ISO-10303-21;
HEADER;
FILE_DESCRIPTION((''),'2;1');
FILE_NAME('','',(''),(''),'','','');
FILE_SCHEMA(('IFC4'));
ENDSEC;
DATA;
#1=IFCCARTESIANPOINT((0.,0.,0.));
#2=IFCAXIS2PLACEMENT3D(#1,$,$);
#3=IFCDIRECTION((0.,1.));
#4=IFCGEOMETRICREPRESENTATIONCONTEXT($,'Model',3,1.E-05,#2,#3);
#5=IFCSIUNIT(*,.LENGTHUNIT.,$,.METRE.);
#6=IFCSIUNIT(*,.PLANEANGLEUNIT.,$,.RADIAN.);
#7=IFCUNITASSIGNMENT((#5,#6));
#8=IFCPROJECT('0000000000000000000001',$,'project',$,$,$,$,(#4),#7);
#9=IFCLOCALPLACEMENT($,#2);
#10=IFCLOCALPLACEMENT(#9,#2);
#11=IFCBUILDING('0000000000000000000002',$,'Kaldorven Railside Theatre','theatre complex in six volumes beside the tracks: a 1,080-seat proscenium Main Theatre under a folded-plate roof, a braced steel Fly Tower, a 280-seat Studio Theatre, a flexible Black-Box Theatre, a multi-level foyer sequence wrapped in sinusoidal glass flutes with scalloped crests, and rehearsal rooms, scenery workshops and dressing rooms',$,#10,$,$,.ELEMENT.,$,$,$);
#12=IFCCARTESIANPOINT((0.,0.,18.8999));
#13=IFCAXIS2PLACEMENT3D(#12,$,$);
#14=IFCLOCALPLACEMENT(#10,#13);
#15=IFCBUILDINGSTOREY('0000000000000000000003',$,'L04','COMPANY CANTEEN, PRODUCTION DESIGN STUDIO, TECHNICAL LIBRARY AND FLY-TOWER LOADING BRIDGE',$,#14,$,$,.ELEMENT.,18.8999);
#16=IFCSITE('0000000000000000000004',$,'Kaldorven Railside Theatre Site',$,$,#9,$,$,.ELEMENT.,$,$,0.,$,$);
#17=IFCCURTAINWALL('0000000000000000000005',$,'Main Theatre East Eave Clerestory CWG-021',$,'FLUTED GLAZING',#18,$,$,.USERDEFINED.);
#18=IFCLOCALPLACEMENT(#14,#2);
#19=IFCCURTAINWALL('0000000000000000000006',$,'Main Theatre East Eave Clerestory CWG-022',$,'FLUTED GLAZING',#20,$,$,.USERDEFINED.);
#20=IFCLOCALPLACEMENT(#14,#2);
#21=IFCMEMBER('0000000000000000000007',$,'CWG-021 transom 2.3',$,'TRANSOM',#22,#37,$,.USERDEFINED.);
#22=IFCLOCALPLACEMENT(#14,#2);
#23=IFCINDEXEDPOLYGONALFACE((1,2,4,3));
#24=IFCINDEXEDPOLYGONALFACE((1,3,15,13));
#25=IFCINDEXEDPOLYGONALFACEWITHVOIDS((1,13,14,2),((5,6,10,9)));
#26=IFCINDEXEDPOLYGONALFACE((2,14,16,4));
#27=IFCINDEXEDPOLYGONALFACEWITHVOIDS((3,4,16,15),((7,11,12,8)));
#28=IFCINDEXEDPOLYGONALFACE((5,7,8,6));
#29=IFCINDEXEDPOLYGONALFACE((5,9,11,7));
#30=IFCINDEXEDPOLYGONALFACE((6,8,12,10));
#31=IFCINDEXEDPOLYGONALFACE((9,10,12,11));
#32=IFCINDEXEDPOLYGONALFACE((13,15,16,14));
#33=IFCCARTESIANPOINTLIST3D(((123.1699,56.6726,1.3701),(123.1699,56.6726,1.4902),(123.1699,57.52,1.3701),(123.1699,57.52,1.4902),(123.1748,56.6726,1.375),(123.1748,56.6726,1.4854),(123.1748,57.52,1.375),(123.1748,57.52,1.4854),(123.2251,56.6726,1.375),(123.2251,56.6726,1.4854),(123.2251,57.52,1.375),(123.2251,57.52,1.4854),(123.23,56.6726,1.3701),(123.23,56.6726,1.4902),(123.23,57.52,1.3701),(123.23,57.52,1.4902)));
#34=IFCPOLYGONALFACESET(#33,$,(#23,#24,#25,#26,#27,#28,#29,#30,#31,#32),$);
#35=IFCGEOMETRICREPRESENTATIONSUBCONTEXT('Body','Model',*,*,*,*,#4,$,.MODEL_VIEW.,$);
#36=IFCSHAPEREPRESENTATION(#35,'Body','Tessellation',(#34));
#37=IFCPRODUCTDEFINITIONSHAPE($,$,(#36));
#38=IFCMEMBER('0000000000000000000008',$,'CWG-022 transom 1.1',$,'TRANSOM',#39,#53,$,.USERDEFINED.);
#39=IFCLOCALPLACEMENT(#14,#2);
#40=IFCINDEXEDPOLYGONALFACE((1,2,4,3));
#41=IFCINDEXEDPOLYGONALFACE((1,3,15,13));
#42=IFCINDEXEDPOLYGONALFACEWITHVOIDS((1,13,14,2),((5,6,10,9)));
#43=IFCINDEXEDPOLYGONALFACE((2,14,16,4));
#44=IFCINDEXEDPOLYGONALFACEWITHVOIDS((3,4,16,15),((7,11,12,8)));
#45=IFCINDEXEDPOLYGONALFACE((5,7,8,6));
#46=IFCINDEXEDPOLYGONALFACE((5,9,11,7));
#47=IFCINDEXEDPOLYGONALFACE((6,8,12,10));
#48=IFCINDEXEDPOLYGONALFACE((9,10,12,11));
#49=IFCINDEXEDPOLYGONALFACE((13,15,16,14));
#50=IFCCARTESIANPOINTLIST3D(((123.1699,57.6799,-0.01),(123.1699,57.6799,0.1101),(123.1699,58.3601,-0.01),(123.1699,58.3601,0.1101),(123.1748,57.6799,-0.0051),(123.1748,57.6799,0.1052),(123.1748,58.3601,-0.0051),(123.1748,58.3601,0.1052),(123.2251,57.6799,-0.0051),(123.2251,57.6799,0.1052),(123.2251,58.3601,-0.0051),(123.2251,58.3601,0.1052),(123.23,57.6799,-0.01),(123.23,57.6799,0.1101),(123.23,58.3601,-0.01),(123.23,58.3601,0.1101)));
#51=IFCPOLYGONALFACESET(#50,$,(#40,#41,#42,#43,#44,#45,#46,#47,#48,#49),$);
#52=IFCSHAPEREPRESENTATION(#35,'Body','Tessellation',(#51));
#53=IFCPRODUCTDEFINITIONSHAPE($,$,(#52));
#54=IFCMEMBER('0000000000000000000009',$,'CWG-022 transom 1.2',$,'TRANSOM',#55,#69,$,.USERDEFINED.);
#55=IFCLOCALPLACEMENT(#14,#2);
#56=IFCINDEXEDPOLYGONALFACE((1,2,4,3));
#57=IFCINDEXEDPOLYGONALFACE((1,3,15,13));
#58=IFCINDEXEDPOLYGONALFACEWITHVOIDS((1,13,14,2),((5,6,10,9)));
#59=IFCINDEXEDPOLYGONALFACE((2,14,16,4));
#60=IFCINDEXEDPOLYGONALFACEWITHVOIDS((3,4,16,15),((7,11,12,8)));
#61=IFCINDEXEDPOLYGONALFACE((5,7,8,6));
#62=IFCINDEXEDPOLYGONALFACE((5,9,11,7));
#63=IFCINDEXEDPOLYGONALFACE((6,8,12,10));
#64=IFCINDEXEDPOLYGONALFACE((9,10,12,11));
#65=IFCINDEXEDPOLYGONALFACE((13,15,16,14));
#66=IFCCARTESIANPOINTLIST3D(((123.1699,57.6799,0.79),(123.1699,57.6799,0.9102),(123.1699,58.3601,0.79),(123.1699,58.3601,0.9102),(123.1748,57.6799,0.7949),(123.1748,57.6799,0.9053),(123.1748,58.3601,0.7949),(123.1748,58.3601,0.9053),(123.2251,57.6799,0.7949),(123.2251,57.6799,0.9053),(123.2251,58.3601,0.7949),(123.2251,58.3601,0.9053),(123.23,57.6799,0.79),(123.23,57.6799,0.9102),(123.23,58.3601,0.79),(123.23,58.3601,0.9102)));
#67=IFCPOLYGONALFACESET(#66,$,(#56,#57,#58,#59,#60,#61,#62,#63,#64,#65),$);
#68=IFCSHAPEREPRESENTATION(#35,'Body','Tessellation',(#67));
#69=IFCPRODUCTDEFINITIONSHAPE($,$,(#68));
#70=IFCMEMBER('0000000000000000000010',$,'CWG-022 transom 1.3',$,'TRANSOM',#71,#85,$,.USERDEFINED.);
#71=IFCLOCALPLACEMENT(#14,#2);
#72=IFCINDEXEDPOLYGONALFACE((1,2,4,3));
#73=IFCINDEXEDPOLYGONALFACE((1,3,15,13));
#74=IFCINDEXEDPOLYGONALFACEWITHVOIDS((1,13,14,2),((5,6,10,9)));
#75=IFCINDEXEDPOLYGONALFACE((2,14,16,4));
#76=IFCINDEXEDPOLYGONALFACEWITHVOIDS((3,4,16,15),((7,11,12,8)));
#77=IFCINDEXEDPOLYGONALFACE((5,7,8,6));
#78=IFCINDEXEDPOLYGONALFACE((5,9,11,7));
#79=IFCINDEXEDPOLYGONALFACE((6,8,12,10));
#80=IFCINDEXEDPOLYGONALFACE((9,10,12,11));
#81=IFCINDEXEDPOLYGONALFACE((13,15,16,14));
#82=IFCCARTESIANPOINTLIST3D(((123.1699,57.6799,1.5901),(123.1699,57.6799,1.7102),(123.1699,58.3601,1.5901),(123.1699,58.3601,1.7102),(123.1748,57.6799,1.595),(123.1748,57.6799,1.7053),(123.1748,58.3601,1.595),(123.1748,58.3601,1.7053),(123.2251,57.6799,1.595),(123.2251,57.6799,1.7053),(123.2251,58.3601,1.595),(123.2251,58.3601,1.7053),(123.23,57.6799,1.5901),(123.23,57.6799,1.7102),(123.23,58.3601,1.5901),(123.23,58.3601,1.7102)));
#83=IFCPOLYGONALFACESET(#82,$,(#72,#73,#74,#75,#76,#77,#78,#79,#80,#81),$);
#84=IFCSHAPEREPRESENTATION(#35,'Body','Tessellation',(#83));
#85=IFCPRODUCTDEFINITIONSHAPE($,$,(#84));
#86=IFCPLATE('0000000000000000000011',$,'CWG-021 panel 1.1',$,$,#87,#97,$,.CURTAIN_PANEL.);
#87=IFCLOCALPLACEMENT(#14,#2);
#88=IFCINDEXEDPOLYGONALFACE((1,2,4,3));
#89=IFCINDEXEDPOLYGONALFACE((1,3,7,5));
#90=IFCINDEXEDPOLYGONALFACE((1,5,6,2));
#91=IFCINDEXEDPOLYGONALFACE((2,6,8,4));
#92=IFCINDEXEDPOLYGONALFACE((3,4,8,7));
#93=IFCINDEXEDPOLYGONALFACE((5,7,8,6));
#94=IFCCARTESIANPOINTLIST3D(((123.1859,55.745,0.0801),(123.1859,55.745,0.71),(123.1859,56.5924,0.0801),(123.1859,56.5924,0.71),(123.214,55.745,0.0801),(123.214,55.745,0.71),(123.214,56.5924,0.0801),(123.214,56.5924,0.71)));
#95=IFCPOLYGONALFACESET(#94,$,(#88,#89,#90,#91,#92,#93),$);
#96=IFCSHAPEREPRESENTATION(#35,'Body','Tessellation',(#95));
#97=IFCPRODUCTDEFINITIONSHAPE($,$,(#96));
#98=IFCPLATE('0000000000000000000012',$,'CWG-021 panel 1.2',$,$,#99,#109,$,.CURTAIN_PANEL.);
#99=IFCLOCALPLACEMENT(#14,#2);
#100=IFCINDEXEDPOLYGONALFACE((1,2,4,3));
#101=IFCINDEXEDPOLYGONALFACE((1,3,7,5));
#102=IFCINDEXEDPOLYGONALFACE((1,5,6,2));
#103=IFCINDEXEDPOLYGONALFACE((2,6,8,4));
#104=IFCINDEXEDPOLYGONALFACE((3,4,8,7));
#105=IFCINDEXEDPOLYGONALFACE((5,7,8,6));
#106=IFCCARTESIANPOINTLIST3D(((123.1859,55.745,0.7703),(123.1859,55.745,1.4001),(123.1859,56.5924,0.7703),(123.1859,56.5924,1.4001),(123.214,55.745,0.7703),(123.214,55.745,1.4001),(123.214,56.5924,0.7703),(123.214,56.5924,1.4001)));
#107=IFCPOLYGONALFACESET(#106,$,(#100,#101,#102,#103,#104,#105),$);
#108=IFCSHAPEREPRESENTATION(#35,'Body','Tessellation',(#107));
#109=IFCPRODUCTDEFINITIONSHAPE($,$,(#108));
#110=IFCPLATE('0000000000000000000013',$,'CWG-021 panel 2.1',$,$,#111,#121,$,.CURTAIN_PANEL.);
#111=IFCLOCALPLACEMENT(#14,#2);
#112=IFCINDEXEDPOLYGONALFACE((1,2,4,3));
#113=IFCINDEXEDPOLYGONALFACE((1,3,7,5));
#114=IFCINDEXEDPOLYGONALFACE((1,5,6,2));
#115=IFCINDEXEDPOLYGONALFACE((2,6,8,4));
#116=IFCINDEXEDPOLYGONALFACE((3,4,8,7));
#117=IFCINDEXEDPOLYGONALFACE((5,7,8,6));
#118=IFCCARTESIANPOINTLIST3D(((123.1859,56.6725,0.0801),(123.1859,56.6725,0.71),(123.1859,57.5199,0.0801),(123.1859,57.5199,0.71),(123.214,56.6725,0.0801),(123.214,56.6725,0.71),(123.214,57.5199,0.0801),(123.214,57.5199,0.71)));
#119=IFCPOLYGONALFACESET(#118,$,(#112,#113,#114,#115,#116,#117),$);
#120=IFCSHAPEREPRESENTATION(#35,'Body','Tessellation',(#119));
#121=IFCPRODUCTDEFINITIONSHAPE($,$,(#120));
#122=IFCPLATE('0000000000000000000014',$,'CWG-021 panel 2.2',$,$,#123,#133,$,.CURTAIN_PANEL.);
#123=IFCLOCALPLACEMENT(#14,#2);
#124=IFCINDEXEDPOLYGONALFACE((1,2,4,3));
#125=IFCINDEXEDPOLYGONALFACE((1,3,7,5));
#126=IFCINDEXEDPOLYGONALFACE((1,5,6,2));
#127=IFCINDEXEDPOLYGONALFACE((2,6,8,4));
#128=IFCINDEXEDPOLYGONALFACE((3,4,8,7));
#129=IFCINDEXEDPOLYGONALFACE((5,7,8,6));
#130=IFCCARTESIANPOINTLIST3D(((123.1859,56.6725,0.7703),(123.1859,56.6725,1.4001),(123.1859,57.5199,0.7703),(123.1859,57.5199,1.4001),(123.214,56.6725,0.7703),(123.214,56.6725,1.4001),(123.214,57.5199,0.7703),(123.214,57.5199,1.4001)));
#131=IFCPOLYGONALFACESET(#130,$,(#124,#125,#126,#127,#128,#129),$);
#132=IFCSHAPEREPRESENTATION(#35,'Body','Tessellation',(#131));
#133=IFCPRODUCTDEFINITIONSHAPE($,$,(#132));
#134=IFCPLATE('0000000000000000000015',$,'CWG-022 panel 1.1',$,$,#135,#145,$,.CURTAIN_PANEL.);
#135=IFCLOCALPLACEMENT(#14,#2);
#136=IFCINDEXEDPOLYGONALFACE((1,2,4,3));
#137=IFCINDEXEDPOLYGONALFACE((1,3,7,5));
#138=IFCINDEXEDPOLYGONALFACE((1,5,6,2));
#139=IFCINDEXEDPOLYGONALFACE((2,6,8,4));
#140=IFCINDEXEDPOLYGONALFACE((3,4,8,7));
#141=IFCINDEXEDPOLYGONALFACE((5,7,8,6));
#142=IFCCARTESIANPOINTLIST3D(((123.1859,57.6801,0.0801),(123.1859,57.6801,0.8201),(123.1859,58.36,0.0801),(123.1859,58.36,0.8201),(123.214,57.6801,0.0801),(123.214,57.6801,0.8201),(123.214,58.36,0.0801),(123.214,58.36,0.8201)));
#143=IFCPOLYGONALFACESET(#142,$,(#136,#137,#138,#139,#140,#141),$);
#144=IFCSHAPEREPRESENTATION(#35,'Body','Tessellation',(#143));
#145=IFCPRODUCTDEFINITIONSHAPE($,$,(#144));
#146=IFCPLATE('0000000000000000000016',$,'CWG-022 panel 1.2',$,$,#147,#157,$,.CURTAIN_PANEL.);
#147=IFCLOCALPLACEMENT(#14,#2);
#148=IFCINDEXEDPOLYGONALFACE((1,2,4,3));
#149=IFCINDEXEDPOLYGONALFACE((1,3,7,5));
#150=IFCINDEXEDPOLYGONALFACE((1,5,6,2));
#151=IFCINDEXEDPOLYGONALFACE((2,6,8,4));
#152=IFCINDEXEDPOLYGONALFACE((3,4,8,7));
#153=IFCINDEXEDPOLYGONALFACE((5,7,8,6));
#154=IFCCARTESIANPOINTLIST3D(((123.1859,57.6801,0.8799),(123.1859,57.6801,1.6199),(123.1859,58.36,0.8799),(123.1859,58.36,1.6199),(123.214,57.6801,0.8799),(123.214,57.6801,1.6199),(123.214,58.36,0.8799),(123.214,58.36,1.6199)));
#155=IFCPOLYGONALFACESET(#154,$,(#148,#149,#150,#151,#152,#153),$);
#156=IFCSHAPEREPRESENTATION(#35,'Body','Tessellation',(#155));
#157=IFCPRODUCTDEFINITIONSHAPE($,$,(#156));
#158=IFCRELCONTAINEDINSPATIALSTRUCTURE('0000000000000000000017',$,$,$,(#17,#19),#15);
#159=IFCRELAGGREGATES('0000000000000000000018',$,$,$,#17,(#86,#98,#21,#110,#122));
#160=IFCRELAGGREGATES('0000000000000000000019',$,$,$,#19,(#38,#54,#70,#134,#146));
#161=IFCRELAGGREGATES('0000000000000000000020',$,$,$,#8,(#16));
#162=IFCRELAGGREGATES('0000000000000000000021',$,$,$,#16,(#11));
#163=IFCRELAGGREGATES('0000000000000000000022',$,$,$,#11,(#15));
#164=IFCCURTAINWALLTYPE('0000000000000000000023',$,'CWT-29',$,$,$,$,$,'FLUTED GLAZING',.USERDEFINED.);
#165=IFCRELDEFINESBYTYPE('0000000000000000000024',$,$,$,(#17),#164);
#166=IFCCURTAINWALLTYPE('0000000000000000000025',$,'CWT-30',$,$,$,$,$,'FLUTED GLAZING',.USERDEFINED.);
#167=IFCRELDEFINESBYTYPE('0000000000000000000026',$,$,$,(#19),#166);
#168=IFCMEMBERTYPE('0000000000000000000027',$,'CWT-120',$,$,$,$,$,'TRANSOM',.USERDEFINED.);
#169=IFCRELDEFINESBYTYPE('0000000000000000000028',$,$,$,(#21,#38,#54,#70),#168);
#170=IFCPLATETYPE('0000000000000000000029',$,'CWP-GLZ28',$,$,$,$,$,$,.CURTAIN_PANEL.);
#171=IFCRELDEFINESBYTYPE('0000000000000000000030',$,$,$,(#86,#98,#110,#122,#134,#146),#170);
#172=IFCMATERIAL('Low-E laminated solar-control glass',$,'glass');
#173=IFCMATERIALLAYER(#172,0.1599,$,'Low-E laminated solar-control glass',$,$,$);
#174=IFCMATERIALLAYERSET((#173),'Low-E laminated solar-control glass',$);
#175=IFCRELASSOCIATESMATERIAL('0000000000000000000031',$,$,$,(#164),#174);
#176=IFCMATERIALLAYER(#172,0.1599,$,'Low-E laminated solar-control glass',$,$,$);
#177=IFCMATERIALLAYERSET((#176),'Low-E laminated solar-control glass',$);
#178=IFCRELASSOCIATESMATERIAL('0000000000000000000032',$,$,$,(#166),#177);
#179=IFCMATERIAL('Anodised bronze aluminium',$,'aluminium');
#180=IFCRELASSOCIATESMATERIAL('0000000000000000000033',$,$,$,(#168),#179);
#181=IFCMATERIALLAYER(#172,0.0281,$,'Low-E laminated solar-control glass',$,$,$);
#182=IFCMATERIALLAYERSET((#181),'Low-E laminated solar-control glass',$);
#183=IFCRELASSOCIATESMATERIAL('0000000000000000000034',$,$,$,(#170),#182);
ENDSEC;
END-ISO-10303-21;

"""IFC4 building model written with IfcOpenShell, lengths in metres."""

from ifc_helpers import new_model, si_unit, direction, frame, origin, origin_2d, place, context, subcontext, project, spatial, rectangle, hollow_rectangle, extrude, material, layer, layer_set, material_profile, profile_set, type_object, element, aggregate, save


model = new_model("IFC4")

# Units and contexts
model_context = context("Model", 3, precision=1e-05, world=origin(), true_north=direction((0.0, 1.0)))
body_context = subcontext(model_context, "Body", "Model", "MODEL_VIEW")
ifc_project = project(units=[si_unit("LENGTHUNIT", "METRE"), si_unit("PLANEANGLEUNIT", "RADIAN")], contexts=[model_context])

# Site, building, storey
site_placement = place(None, origin())
site = spatial("IfcSite", under=ifc_project, at=site_placement, Name="Kaldorven Railside Theatre Site", CompositionType="ELEMENT", RefElevation=0.0)
building_placement = place(site_placement, origin())
building = spatial("IfcBuilding", under=site, at=building_placement, Name="Kaldorven Railside Theatre", Description="theatre complex in six volumes beside the tracks: a 1,080-seat proscenium Main Theatre under a folded-plate roof, a braced steel Fly Tower, a 280-seat Studio Theatre, a flexible Black-Box Theatre, a multi-level foyer sequence wrapped in sinusoidal glass flutes with scalloped crests, and rehearsal rooms, scenery workshops and dressing rooms", CompositionType="ELEMENT")
storey_placement = place(building_placement, frame((0.0, 0.0, 18.8999)))
storey = spatial("IfcBuildingStorey", under=building, at=storey_placement, Name="L04", Description="COMPANY CANTEEN, PRODUCTION DESIGN STUDIO, TECHNICAL LIBRARY AND FLY-TOWER LOADING BRIDGE", CompositionType="ELEMENT", Elevation=18.8999)

# Curtain wall
ifc_material_1 = material(Name="Low-E laminated solar-control glass", Category="glass")
ifc_layer_1 = layer(ifc_material_1, 0.1599, Name="Low-E laminated solar-control glass")
ifc_layer_set_1 = layer_set([ifc_layer_1], Name="Low-E laminated solar-control glass")
curtain_wall_type_1 = type_object("IfcCurtainWallType", Name="CWT-29", ElementType="FLUTED GLAZING", PredefinedType="USERDEFINED", material=ifc_layer_set_1)
curtain_wall_1_placement = place(storey_placement, origin())
curtain_wall_1 = element("IfcCurtainWall", 1, at=curtain_wall_1_placement, inside=storey, type_object=curtain_wall_type_1, Name="Main Theatre East Eave Clerestory CWG-021", ObjectType="FLUTED GLAZING", PredefinedType="USERDEFINED")
ifc_material_2 = material(Name="Anodised bronze aluminium", Category="aluminium")

# Curtain wall
ifc_layer_2 = layer(ifc_material_1, 0.1599, Name="Low-E laminated solar-control glass")
ifc_layer_set_2 = layer_set([ifc_layer_2], Name="Low-E laminated solar-control glass")
curtain_wall_type_2 = type_object("IfcCurtainWallType", Name="CWT-30", ElementType="FLUTED GLAZING", PredefinedType="USERDEFINED", material=ifc_layer_set_2)
curtain_wall_2_placement = place(storey_placement, origin())
curtain_wall_2 = element("IfcCurtainWall", 2, at=curtain_wall_2_placement, inside=storey, type_object=curtain_wall_type_2, Name="Main Theatre East Eave Clerestory CWG-022", ObjectType="FLUTED GLAZING", PredefinedType="USERDEFINED")

# Members
ifc_material_profile_1 = material_profile(ifc_material_2, hollow_rectangle(XDim=0.0601, YDim=0.1201, WallThickness=0.0049, at=origin_2d()), Name="RHS 120x60x5")
ifc_profile_set_1 = profile_set([ifc_material_profile_1], Name="Anodised bronze aluminium")
member_type_1 = type_object("IfcMemberType", Name="CWT-120", ElementType="TRANSOM", PredefinedType="USERDEFINED", material=ifc_profile_set_1)
member_1_placement = place(storey_placement, frame((123.2, 56.6726, 1.4302), z_axis=(0.0, 1.0, 0.0), x_axis=(-1.0, 0.0, 0.0)))
member_1 = element("IfcMember", 3, at=member_1_placement, type_object=member_type_1, Name="CWG-021 transom 2.3", ObjectType="TRANSOM", PredefinedType="USERDEFINED", context=body_context, shape_type="SweptSolid", body=[
    extrude(hollow_rectangle(XDim=0.0601, YDim=0.1201, WallThickness=0.0049, at=origin_2d()), origin(), (0.0, 0.0, 1.0), 0.8474),
])
member_2_placement = place(storey_placement, frame((123.2, 57.6799, 0.05), z_axis=(0.0, 1.0, 0.0), x_axis=(-1.0, 0.0, 0.0)))
member_2 = element("IfcMember", 4, at=member_2_placement, type_object=member_type_1, Name="CWG-022 transom 1.1", ObjectType="TRANSOM", PredefinedType="USERDEFINED", context=body_context, shape_type="SweptSolid", body=[
    extrude(hollow_rectangle(XDim=0.0601, YDim=0.1201, WallThickness=0.0049, at=origin_2d()), origin(), (0.0, 0.0, 1.0), 0.6802),
])
member_3_placement = place(storey_placement, frame((123.2, 57.6799, 0.8501), z_axis=(0.0, 1.0, 0.0), x_axis=(-1.0, 0.0, 0.0)))
member_3 = element("IfcMember", 5, at=member_3_placement, type_object=member_type_1, Name="CWG-022 transom 1.2", ObjectType="TRANSOM", PredefinedType="USERDEFINED", context=body_context, shape_type="SweptSolid", body=[
    extrude(hollow_rectangle(XDim=0.0601, YDim=0.1201, WallThickness=0.0049, at=origin_2d()), origin(), (0.0, 0.0, 1.0), 0.6802),
])
member_4_placement = place(storey_placement, frame((123.2, 57.6799, 1.6501), z_axis=(0.0, 1.0, 0.0), x_axis=(-1.0, 0.0, 0.0)))
member_4 = element("IfcMember", 6, at=member_4_placement, type_object=member_type_1, Name="CWG-022 transom 1.3", ObjectType="TRANSOM", PredefinedType="USERDEFINED", context=body_context, shape_type="SweptSolid", body=[
    extrude(hollow_rectangle(XDim=0.0601, YDim=0.1201, WallThickness=0.0049, at=origin_2d()), origin(), (0.0, 0.0, 1.0), 0.6802),
])

# Plates
ifc_layer_3 = layer(ifc_material_1, 0.0281, Name="Low-E laminated solar-control glass")
ifc_layer_set_3 = layer_set([ifc_layer_3], Name="Low-E laminated solar-control glass")
plate_type = type_object("IfcPlateType", Name="CWP-GLZ28", PredefinedType="CURTAIN_PANEL", material=ifc_layer_set_3)
plate_1_placement = place(storey_placement, frame((123.2, 56.1687, 0.0801), z_axis=(0.0, 0.0, 1.0), x_axis=(0.0, 1.0, 0.0)))
plate_1 = element("IfcPlate", 7, at=plate_1_placement, type_object=plate_type, Name="CWG-021 panel 1.1", PredefinedType="CURTAIN_PANEL", context=body_context, shape_type="SweptSolid", body=[
    extrude(rectangle(XDim=0.8474, YDim=0.0281, at=origin_2d()), origin(), (0.0, 0.0, 1.0), 0.6299),
])
plate_2_placement = place(storey_placement, frame((123.2, 56.1687, 0.7703), z_axis=(0.0, 0.0, 1.0), x_axis=(0.0, 1.0, 0.0)))
plate_2 = element("IfcPlate", 8, at=plate_2_placement, type_object=plate_type, Name="CWG-021 panel 1.2", PredefinedType="CURTAIN_PANEL", context=body_context, shape_type="SweptSolid", body=[
    extrude(rectangle(XDim=0.8474, YDim=0.0281, at=origin_2d()), origin(), (0.0, 0.0, 1.0), 0.6299),
])
plate_3_placement = place(storey_placement, frame((123.2, 57.0962, 0.0801), z_axis=(0.0, 0.0, 1.0), x_axis=(0.0, 1.0, 0.0)))
plate_3 = element("IfcPlate", 9, at=plate_3_placement, type_object=plate_type, Name="CWG-021 panel 2.1", PredefinedType="CURTAIN_PANEL", context=body_context, shape_type="SweptSolid", body=[
    extrude(rectangle(XDim=0.8474, YDim=0.0281, at=origin_2d()), origin(), (0.0, 0.0, 1.0), 0.6299),
])
plate_4_placement = place(storey_placement, frame((123.2, 57.0962, 0.7703), z_axis=(0.0, 0.0, 1.0), x_axis=(0.0, 1.0, 0.0)))
plate_4 = element("IfcPlate", 10, at=plate_4_placement, type_object=plate_type, Name="CWG-021 panel 2.2", PredefinedType="CURTAIN_PANEL", context=body_context, shape_type="SweptSolid", body=[
    extrude(rectangle(XDim=0.8474, YDim=0.0281, at=origin_2d()), origin(), (0.0, 0.0, 1.0), 0.6299),
])
aggregate(curtain_wall_1, [plate_1, plate_2, member_1, plate_3, plate_4])
plate_5_placement = place(storey_placement, frame((123.2, 58.02, 0.0801), z_axis=(0.0, 0.0, 1.0), x_axis=(0.0, 1.0, 0.0)))
plate_5 = element("IfcPlate", 11, at=plate_5_placement, type_object=plate_type, Name="CWG-022 panel 1.1", PredefinedType="CURTAIN_PANEL", context=body_context, shape_type="SweptSolid", body=[
    extrude(rectangle(XDim=0.6799, YDim=0.0281, at=origin_2d()), origin(), (0.0, 0.0, 1.0), 0.74),
])
plate_6_placement = place(storey_placement, frame((123.2, 58.02, 0.8799), z_axis=(0.0, 0.0, 1.0), x_axis=(0.0, 1.0, 0.0)))
plate_6 = element("IfcPlate", 12, at=plate_6_placement, type_object=plate_type, Name="CWG-022 panel 1.2", PredefinedType="CURTAIN_PANEL", context=body_context, shape_type="SweptSolid", body=[
    extrude(rectangle(XDim=0.6799, YDim=0.0281, at=origin_2d()), origin(), (0.0, 0.0, 1.0), 0.74),
])
aggregate(curtain_wall_2, [member_2, member_3, member_4, plate_5, plate_6])

save(model, "model.ifc")
